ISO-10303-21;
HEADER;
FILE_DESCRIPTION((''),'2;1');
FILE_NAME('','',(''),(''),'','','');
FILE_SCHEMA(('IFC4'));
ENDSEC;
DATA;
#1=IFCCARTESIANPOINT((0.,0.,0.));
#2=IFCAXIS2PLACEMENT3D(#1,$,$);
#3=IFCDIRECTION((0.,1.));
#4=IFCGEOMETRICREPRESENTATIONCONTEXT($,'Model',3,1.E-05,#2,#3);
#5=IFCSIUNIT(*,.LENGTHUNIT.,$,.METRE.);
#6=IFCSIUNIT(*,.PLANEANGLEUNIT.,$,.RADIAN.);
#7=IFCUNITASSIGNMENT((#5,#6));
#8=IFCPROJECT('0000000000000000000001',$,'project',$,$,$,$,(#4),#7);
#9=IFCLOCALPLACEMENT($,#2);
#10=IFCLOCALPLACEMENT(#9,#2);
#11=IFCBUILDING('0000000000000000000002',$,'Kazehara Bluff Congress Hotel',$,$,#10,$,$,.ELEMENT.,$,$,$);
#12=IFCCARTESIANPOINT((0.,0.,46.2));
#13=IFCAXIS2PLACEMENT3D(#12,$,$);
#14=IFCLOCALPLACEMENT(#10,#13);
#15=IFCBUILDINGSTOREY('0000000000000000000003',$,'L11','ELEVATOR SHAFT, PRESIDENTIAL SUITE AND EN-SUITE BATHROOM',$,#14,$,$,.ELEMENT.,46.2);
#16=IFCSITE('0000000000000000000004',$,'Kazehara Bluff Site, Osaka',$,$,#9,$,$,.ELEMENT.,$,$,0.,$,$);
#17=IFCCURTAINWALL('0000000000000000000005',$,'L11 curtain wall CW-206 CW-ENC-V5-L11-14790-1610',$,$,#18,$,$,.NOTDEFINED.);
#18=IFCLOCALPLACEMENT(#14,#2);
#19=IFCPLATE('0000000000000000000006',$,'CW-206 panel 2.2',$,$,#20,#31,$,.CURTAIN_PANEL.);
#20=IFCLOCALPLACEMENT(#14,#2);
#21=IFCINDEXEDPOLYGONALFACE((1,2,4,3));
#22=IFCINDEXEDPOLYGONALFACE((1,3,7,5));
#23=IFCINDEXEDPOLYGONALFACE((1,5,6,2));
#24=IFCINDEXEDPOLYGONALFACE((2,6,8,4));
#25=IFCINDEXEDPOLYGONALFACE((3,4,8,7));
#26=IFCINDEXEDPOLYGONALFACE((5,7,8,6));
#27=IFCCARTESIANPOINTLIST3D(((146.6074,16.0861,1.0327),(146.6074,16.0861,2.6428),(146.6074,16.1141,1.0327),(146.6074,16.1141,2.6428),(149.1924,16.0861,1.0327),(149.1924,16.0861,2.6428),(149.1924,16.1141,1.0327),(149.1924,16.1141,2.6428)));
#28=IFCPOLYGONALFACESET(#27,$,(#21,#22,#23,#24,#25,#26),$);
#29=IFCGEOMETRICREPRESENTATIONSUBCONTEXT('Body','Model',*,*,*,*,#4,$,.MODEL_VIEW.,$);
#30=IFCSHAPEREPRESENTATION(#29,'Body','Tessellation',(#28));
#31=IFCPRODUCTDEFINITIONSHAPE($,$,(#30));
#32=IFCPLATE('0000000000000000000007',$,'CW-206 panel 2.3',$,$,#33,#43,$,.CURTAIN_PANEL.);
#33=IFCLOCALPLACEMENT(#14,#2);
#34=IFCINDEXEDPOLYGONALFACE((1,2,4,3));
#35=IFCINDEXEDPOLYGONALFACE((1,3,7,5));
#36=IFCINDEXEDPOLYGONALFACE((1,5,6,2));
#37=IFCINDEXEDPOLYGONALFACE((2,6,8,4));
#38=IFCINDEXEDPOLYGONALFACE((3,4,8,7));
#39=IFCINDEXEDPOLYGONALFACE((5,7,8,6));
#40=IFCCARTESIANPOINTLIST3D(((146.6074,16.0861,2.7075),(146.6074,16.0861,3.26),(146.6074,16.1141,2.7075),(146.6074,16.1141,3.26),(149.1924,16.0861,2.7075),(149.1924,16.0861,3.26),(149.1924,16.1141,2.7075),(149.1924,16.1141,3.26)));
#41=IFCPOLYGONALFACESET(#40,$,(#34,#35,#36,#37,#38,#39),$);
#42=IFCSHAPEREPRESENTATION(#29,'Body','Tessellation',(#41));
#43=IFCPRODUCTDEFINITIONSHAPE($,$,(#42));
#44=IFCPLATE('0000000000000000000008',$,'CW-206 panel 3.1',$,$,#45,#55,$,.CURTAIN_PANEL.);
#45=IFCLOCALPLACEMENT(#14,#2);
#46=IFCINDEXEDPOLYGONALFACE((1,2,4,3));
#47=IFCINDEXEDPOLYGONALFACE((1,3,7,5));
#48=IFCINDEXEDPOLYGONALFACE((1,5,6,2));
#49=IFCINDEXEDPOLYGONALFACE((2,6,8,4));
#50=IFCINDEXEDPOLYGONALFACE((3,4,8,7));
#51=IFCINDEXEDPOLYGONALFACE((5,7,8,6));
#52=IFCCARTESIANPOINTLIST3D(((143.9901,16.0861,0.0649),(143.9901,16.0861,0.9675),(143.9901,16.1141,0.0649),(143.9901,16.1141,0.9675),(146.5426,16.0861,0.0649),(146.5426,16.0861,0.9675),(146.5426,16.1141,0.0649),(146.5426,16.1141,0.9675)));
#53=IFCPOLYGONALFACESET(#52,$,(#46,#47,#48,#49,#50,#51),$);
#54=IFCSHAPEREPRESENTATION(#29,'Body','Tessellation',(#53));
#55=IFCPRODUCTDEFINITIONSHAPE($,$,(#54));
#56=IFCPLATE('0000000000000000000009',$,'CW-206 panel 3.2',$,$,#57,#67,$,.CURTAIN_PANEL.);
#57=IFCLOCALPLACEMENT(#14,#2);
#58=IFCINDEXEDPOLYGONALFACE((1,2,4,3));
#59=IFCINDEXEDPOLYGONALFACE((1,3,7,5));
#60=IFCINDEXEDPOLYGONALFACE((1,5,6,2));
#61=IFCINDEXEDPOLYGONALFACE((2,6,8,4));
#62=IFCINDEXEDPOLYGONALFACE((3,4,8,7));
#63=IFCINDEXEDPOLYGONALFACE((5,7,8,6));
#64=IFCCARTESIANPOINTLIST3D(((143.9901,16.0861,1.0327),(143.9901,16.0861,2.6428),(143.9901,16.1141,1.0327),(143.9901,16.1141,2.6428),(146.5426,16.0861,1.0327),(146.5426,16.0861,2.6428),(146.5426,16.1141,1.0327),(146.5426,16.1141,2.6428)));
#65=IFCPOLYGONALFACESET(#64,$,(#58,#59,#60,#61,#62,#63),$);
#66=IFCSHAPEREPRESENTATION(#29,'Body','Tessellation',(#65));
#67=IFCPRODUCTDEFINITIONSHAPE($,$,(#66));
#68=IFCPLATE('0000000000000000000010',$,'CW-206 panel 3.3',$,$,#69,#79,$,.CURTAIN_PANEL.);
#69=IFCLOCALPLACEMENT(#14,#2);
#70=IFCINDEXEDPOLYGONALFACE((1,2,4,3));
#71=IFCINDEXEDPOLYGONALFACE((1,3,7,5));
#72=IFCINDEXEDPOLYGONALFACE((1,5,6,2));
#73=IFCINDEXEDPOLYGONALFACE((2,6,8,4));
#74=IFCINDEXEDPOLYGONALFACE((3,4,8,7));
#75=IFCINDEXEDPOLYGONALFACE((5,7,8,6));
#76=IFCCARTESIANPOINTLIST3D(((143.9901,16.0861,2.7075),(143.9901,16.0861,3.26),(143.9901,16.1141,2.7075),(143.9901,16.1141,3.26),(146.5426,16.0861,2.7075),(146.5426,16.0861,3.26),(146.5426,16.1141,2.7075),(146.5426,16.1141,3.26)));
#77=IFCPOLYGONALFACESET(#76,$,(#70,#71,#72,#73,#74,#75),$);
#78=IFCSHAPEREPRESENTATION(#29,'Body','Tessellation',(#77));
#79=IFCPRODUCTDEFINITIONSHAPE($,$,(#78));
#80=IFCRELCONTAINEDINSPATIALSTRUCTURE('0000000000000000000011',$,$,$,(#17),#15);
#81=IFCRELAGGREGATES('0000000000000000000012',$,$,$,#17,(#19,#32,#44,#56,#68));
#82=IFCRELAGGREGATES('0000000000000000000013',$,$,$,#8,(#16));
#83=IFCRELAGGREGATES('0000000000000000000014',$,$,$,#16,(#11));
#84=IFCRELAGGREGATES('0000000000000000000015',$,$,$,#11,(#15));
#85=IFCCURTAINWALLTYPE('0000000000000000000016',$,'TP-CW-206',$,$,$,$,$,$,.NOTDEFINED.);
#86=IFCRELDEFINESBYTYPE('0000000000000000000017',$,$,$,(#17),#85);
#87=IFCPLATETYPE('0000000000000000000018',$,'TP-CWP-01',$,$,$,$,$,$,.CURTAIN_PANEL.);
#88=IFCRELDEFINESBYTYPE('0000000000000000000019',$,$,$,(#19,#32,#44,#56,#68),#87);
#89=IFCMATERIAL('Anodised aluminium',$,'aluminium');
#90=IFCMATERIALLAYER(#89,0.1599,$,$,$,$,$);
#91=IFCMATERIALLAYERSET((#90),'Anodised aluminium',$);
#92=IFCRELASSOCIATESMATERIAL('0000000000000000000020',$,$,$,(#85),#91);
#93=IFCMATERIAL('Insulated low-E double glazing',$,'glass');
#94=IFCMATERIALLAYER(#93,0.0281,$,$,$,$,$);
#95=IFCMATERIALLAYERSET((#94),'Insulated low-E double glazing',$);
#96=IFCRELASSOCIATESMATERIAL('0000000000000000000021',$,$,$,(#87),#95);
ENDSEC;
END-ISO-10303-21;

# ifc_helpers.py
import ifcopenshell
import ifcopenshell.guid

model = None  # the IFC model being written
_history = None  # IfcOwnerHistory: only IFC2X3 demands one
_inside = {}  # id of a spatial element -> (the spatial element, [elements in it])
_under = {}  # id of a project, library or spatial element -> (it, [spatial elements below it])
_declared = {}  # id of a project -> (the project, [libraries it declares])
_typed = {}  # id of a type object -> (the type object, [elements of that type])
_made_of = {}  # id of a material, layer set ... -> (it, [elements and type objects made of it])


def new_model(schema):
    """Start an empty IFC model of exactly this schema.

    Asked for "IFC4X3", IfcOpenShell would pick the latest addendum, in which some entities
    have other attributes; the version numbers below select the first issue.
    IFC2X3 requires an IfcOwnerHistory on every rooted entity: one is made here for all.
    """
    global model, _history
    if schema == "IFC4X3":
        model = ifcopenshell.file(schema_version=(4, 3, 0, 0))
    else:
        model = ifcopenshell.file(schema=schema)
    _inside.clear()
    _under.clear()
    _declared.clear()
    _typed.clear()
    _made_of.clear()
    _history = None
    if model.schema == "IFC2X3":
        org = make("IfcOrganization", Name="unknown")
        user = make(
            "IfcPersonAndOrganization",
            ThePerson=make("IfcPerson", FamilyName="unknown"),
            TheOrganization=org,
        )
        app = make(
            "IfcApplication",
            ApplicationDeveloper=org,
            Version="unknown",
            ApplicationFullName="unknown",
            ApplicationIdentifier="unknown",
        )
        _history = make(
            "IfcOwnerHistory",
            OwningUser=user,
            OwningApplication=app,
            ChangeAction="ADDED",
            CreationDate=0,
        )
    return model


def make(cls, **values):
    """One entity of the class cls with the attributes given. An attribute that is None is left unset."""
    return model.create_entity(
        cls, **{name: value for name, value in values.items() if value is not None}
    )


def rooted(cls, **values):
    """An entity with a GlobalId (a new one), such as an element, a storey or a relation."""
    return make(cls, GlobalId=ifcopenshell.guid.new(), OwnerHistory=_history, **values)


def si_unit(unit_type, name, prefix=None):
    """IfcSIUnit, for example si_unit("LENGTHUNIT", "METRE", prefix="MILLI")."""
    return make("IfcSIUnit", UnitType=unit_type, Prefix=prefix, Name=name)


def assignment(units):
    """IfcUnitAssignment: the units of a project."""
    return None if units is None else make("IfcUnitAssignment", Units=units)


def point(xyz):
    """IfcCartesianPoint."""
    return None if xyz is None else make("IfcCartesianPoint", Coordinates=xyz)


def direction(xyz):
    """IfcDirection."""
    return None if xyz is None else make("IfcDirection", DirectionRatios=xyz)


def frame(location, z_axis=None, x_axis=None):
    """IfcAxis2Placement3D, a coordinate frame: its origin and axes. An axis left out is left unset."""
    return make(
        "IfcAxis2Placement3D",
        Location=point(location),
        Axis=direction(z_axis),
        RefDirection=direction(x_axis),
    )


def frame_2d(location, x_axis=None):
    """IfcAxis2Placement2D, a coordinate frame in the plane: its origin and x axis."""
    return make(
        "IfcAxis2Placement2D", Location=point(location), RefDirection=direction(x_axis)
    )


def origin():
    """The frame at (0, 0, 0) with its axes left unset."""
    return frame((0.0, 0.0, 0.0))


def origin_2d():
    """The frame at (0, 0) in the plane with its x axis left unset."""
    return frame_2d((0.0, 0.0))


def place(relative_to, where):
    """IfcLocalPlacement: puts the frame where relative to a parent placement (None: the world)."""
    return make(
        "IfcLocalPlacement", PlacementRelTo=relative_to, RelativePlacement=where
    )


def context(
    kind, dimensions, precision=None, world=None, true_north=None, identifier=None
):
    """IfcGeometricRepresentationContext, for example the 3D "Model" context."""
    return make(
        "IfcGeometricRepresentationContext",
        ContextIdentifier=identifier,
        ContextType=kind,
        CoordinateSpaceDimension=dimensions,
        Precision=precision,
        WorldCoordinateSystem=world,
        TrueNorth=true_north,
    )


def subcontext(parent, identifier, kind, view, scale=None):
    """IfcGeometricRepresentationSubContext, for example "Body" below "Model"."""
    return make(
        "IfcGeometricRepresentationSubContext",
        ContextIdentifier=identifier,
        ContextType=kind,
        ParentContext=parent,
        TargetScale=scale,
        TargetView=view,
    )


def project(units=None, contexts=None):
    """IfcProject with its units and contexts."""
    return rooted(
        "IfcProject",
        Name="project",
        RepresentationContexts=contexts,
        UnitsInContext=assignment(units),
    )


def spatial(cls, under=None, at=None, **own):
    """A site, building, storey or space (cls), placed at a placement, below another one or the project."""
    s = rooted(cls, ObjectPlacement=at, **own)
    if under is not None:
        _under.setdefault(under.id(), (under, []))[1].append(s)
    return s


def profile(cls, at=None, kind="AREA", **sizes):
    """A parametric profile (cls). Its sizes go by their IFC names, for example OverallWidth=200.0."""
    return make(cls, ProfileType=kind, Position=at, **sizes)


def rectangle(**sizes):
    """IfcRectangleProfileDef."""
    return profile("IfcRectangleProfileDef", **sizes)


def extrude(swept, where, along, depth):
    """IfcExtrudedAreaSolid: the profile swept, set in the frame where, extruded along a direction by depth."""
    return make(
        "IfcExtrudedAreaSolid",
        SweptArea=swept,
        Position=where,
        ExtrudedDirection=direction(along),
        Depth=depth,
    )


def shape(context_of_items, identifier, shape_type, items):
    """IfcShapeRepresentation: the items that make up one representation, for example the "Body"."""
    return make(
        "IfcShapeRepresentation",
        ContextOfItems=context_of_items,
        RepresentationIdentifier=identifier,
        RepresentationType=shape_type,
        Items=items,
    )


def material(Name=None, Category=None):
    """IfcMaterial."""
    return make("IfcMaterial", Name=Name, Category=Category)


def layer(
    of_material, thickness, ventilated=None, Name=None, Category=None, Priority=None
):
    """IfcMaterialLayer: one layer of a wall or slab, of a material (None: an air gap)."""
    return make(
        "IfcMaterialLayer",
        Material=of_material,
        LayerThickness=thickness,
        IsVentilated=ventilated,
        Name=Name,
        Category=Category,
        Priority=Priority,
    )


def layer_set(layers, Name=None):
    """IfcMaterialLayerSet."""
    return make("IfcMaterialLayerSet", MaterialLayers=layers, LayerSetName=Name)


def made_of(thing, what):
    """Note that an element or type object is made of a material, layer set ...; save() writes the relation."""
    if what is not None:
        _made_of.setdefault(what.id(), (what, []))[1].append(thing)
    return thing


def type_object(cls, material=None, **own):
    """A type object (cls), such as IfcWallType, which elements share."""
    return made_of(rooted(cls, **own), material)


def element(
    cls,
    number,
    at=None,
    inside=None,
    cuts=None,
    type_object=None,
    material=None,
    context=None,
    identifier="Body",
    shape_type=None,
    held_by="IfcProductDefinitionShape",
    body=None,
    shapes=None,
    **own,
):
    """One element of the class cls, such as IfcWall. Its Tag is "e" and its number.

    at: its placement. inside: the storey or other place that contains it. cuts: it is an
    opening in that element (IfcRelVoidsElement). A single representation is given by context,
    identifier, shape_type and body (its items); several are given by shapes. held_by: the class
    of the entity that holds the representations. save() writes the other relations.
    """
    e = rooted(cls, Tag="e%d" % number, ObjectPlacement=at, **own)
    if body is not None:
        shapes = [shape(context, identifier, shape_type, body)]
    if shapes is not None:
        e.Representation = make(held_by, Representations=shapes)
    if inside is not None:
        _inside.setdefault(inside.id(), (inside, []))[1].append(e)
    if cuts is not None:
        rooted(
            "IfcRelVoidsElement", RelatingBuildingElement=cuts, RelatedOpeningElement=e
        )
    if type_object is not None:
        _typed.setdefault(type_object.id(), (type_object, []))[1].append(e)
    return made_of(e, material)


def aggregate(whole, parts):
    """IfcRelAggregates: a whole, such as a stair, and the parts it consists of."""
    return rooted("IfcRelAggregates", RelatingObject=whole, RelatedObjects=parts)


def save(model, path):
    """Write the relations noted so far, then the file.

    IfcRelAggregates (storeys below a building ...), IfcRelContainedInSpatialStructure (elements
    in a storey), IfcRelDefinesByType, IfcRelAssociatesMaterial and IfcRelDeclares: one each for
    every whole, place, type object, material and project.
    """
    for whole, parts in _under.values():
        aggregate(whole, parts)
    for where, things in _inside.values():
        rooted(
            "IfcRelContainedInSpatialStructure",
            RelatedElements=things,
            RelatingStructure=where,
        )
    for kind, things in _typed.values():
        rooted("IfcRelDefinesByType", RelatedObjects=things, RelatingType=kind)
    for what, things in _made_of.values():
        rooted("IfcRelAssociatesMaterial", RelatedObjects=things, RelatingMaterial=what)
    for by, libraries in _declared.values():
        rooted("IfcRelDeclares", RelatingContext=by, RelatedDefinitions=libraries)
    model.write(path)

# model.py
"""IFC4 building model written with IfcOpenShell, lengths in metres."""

from ifc_helpers import new_model, si_unit, direction, frame, origin, origin_2d, place, context, subcontext, project, spatial, rectangle, extrude, material, layer, layer_set, type_object, element, aggregate, save


model = new_model("IFC4")

# Units and contexts
model_context = context("Model", 3, precision=1e-05, world=origin(), true_north=direction((0.0, 1.0)))
body_context = subcontext(model_context, "Body", "Model", "MODEL_VIEW")
ifc_project = project(units=[si_unit("LENGTHUNIT", "METRE"), si_unit("PLANEANGLEUNIT", "RADIAN")], contexts=[model_context])

# Site, building, storey
site_placement = place(None, origin())
site = spatial("IfcSite", under=ifc_project, at=site_placement, Name="Kazehara Bluff Site, Osaka", CompositionType="ELEMENT", RefElevation=0.0)
building_placement = place(site_placement, origin())
building = spatial("IfcBuilding", under=site, at=building_placement, Name="Kazehara Bluff Congress Hotel", CompositionType="ELEMENT")
storey_placement = place(building_placement, frame((0.0, 0.0, 46.2)))
storey = spatial("IfcBuildingStorey", under=building, at=storey_placement, Name="L11", Description="ELEVATOR SHAFT, PRESIDENTIAL SUITE AND EN-SUITE BATHROOM", CompositionType="ELEMENT", Elevation=46.2)

# Curtain wall, plates
ifc_material_1 = material(Name="Anodised aluminium", Category="aluminium")
ifc_layer_1 = layer(ifc_material_1, 0.1599)
ifc_layer_set_1 = layer_set([ifc_layer_1], Name="Anodised aluminium")
curtain_wall_type = type_object("IfcCurtainWallType", Name="TP-CW-206", PredefinedType="NOTDEFINED", material=ifc_layer_set_1)
curtain_wall_placement = place(storey_placement, origin())
curtain_wall = element("IfcCurtainWall", 1, at=curtain_wall_placement, inside=storey, type_object=curtain_wall_type, Name="L11 curtain wall CW-206 CW-ENC-V5-L11-14790-1610", PredefinedType="NOTDEFINED")
ifc_material_2 = material(Name="Insulated low-E double glazing", Category="glass")
ifc_layer_2 = layer(ifc_material_2, 0.0281)
ifc_layer_set_2 = layer_set([ifc_layer_2], Name="Insulated low-E double glazing")
plate_type = type_object("IfcPlateType", Name="TP-CWP-01", PredefinedType="CURTAIN_PANEL", material=ifc_layer_set_2)
plate_1_placement = place(storey_placement, frame((147.8999, 16.1001, 1.0327), z_axis=(0.0, 0.0, 1.0), x_axis=(-1.0, 0.0, 0.0)))
plate_1 = element("IfcPlate", 2, at=plate_1_placement, type_object=plate_type, Name="CW-206 panel 2.2", PredefinedType="CURTAIN_PANEL", context=body_context, shape_type="SweptSolid", body=[
    extrude(rectangle(XDim=2.585, YDim=0.0281, at=origin_2d()), origin(), (0.0, 0.0, 1.0), 1.6101),
])
plate_2_placement = place(storey_placement, frame((147.8999, 16.1001, 2.7075), z_axis=(0.0, 0.0, 1.0), x_axis=(-1.0, 0.0, 0.0)))
plate_2 = element("IfcPlate", 3, at=plate_2_placement, type_object=plate_type, Name="CW-206 panel 2.3", PredefinedType="CURTAIN_PANEL", context=body_context, shape_type="SweptSolid", body=[
    extrude(rectangle(XDim=2.585, YDim=0.0281, at=origin_2d()), origin(), (0.0, 0.0, 1.0), 0.5525),
])
plate_3_placement = place(storey_placement, frame((145.2664, 16.1001, 0.0649), z_axis=(0.0, 0.0, 1.0), x_axis=(-1.0, 0.0, 0.0)))
plate_3 = element("IfcPlate", 4, at=plate_3_placement, type_object=plate_type, Name="CW-206 panel 3.1", PredefinedType="CURTAIN_PANEL", context=body_context, shape_type="SweptSolid", body=[
    extrude(rectangle(XDim=2.5525, YDim=0.0281, at=origin_2d()), origin(), (0.0, 0.0, 1.0), 0.9026),
])
plate_4_placement = place(storey_placement, frame((145.2664, 16.1001, 1.0327), z_axis=(0.0, 0.0, 1.0), x_axis=(-1.0, 0.0, 0.0)))
plate_4 = element("IfcPlate", 5, at=plate_4_placement, type_object=plate_type, Name="CW-206 panel 3.2", PredefinedType="CURTAIN_PANEL", context=body_context, shape_type="SweptSolid", body=[
    extrude(rectangle(XDim=2.5525, YDim=0.0281, at=origin_2d()), origin(), (0.0, 0.0, 1.0), 1.6101),
])
plate_5_placement = place(storey_placement, frame((145.2664, 16.1001, 2.7075), z_axis=(0.0, 0.0, 1.0), x_axis=(-1.0, 0.0, 0.0)))
plate_5 = element("IfcPlate", 6, at=plate_5_placement, type_object=plate_type, Name="CW-206 panel 3.3", PredefinedType="CURTAIN_PANEL", context=body_context, shape_type="SweptSolid", body=[
    extrude(rectangle(XDim=2.5525, YDim=0.0281, at=origin_2d()), origin(), (0.0, 0.0, 1.0), 0.5525),
])
aggregate(curtain_wall, [plate_1, plate_2, plate_3, plate_4, plate_5])

save(model, "model.ifc")
